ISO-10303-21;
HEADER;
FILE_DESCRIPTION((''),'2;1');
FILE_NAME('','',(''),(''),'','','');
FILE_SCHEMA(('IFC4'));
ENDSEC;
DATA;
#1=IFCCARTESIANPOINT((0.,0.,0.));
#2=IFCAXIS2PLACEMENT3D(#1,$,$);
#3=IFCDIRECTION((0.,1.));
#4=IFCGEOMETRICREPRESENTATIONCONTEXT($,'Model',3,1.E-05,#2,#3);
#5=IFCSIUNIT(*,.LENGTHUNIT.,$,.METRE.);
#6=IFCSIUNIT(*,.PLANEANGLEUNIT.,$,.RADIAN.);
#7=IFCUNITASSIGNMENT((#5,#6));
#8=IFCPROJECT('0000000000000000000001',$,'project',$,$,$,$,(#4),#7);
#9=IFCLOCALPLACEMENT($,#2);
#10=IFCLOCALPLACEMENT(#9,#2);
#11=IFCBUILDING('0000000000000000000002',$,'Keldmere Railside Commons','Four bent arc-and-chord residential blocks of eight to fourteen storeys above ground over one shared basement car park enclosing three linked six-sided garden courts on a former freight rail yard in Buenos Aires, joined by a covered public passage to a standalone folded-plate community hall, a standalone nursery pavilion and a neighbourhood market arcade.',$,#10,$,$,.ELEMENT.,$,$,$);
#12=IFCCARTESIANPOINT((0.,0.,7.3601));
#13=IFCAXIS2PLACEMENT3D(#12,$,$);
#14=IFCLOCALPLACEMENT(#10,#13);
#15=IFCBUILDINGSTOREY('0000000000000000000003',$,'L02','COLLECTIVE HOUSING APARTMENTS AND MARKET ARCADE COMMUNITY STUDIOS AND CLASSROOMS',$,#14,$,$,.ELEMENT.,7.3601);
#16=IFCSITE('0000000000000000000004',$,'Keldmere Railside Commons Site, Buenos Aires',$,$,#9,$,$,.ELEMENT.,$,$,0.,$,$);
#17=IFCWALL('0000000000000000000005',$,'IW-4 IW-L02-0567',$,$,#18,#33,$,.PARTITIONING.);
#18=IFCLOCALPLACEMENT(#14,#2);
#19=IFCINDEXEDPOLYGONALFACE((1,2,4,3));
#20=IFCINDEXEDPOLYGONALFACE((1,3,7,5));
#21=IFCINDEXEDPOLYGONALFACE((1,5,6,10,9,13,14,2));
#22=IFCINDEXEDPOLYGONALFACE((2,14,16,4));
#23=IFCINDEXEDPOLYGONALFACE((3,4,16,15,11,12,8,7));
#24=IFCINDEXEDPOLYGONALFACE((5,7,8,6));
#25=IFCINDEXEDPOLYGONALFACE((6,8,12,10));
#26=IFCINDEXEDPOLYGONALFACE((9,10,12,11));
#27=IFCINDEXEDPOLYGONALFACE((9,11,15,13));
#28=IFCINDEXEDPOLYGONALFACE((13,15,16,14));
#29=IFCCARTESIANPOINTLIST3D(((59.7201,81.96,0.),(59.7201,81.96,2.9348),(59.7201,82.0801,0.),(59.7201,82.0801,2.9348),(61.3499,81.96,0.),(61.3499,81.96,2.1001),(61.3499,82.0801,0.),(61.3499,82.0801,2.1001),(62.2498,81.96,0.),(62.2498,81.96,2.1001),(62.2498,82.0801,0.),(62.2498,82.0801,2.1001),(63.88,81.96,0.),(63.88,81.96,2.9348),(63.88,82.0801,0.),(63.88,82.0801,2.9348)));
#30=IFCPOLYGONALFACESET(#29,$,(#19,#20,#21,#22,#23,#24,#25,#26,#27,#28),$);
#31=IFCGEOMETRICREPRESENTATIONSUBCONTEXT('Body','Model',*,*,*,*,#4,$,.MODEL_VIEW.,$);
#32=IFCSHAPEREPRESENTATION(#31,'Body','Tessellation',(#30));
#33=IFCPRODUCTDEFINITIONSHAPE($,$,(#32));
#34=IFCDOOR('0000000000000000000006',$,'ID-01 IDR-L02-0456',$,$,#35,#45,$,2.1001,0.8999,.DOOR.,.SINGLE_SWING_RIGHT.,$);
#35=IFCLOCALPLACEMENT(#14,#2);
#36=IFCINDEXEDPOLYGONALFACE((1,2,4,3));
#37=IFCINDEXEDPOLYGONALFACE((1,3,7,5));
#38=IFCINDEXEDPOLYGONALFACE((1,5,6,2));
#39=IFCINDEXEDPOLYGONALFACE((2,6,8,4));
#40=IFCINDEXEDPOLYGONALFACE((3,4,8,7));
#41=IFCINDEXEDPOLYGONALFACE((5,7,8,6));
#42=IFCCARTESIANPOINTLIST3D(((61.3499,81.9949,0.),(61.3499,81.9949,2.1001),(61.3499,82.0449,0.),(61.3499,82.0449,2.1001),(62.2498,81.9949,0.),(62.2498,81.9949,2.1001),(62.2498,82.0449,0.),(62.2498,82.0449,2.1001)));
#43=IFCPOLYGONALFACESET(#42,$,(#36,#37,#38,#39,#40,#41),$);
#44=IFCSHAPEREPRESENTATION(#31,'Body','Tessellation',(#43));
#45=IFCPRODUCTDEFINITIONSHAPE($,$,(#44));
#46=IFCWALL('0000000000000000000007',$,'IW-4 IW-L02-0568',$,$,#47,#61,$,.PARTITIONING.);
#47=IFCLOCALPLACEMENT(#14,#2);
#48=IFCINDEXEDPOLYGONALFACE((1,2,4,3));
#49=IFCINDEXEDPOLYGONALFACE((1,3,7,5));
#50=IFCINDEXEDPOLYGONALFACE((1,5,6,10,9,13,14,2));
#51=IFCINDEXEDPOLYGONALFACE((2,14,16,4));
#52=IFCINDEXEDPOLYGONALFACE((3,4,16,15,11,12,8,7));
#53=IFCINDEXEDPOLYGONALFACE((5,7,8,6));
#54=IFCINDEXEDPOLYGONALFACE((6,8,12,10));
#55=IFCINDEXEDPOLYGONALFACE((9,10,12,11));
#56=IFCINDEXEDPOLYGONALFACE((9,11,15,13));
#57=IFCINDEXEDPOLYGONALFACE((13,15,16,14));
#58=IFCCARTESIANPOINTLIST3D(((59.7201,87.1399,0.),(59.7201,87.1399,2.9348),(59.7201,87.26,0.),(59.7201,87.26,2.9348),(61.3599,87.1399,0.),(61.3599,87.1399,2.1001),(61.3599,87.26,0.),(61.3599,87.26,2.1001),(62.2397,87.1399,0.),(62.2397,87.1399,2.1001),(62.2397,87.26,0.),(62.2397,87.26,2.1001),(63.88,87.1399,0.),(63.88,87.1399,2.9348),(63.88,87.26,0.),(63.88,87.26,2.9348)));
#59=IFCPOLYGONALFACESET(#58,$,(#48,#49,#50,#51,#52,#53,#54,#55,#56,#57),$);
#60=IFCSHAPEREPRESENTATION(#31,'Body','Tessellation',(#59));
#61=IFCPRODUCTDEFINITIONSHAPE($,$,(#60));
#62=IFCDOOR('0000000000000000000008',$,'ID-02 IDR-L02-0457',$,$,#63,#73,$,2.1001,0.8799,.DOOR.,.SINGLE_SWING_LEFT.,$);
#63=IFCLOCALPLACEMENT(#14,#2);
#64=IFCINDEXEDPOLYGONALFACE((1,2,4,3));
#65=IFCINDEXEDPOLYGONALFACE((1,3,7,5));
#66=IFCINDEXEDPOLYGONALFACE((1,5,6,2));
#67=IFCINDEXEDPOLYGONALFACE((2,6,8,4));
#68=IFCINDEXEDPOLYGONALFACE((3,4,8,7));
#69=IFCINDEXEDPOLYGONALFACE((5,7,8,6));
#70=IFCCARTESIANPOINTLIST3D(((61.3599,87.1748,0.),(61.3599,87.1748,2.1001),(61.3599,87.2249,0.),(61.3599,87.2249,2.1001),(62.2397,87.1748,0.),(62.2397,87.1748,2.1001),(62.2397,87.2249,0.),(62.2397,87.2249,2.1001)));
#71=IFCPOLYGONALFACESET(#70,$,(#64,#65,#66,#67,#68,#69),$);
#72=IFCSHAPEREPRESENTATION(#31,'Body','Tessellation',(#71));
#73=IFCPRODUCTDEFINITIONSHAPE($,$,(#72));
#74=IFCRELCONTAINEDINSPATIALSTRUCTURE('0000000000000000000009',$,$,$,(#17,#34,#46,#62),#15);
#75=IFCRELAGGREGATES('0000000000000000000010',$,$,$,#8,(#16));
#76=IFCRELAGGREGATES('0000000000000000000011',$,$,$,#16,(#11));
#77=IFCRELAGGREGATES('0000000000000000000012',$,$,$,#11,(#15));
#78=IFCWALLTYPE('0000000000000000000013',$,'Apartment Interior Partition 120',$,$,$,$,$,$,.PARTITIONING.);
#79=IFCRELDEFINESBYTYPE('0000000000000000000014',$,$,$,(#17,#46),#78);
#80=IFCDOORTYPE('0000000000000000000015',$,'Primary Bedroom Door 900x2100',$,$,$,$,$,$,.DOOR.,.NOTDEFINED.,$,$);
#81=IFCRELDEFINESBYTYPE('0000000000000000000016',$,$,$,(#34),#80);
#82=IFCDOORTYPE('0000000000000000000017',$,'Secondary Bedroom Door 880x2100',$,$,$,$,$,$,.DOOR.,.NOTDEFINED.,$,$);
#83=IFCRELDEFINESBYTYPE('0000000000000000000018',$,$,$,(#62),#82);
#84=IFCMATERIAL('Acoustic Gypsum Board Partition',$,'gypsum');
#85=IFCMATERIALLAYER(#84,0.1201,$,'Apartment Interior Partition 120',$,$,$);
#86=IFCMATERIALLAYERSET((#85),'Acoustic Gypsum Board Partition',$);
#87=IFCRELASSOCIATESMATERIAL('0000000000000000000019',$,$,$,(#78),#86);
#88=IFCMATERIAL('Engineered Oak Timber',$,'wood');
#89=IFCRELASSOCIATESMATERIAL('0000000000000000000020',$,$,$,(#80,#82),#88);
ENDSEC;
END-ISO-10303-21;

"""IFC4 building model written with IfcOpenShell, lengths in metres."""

from ifc_helpers import new_model, si_unit, direction, frame, frame_2d, origin, place, context, subcontext, project, spatial, rectangle, extrude, material, layer, layer_set, type_object, element, fill, save


model = new_model("IFC4")

# Units and contexts
model_context = context("Model", 3, precision=1e-05, world=origin(), true_north=direction((0.0, 1.0)))
body_context = subcontext(model_context, "Body", "Model", "MODEL_VIEW")
ifc_project = project(units=[si_unit("LENGTHUNIT", "METRE"), si_unit("PLANEANGLEUNIT", "RADIAN")], contexts=[model_context])

# Site, building, storey
site_placement = place(None, origin())
site = spatial("IfcSite", under=ifc_project, at=site_placement, Name="Keldmere Railside Commons Site, Buenos Aires", CompositionType="ELEMENT", RefElevation=0.0)
building_placement = place(site_placement, origin())
building = spatial("IfcBuilding", under=site, at=building_placement, Name="Keldmere Railside Commons", Description="Four bent arc-and-chord residential blocks of eight to fourteen storeys above ground over one shared basement car park enclosing three linked six-sided garden courts on a former freight rail yard in Buenos Aires, joined by a covered public passage to a standalone folded-plate community hall, a standalone nursery pavilion and a neighbourhood market arcade.", CompositionType="ELEMENT")
storey_placement = place(building_placement, frame((0.0, 0.0, 7.3601)))
storey = spatial("IfcBuildingStorey", under=building, at=storey_placement, Name="L02", Description="COLLECTIVE HOUSING APARTMENTS AND MARKET ARCADE COMMUNITY STUDIOS AND CLASSROOMS", CompositionType="ELEMENT", Elevation=7.3601)

# Shared definitions
ifc_material_1 = material(Name="Acoustic Gypsum Board Partition", Category="gypsum")
ifc_layer_1 = layer(ifc_material_1, 0.1201, Name="Apartment Interior Partition 120")
ifc_layer_set_1 = layer_set([ifc_layer_1], Name="Acoustic Gypsum Board Partition")
wall_type_1 = type_object("IfcWallType", Name="Apartment Interior Partition 120", PredefinedType="PARTITIONING", material=ifc_layer_set_1)
ifc_material_2 = material(Name="Engineered Oak Timber", Category="wood")

# Walls, openings, doors
wall_1_placement = place(storey_placement, frame((59.72, 82.02, 0.0), z_axis=(0.0, 0.0, 1.0), x_axis=(1.0, 0.0, 0.0)))
wall_1 = element("IfcWall", 1, at=wall_1_placement, inside=storey, type_object=wall_type_1, Name="IW-4 IW-L02-0567", PredefinedType="PARTITIONING", context=body_context, shape_type="SweptSolid", body=[
    extrude(rectangle(XDim=4.1599, YDim=0.1201, at=frame_2d((2.0801, 0.0))), origin(), (0.0, 0.0, 1.0), 2.9348),
])
opening_1_placement = place(wall_1_placement, frame((1.6299, 0.0, 0.0)))
opening_1 = element("IfcOpeningElement", 2, at=opening_1_placement, cuts=wall_1, PredefinedType="OPENING", context=body_context, shape_type="SweptSolid", body=[
    extrude(rectangle(XDim=0.8999, YDim=2.1001, at=frame_2d((0.45, 1.05))), frame((0.0, 0.0701, 0.0), z_axis=(0.0, -1.0, 0.0), x_axis=(1.0, 0.0, 0.0)), (0.0, 0.0, 1.0), 0.1401),
])
door_type_1 = type_object("IfcDoorType", Name="Primary Bedroom Door 900x2100", OperationType="NOTDEFINED", PredefinedType="DOOR", material=ifc_material_2)
door_1_placement = place(opening_1_placement, origin())
door_1 = element("IfcDoor", 3, at=door_1_placement, inside=storey, type_object=door_type_1, Name="ID-01 IDR-L02-0456", OperationType="SINGLE_SWING_RIGHT", OverallHeight=2.1001, OverallWidth=0.8999, PredefinedType="DOOR", context=body_context, shape_type="SweptSolid", body=[
    extrude(rectangle(XDim=0.8999, YDim=2.1001, at=frame_2d((0.45, 1.05))), frame((0.0, 0.0249, 0.0), z_axis=(0.0, -1.0, 0.0), x_axis=(1.0, 0.0, 0.0)), (0.0, 0.0, 1.0), 0.05),
])
fill(opening_1, door_1)
wall_2_placement = place(storey_placement, frame((59.72, 87.2, 0.0), z_axis=(0.0, 0.0, 1.0), x_axis=(1.0, 0.0, 0.0)))
wall_2 = element("IfcWall", 4, at=wall_2_placement, inside=storey, type_object=wall_type_1, Name="IW-4 IW-L02-0568", PredefinedType="PARTITIONING", context=body_context, shape_type="SweptSolid", body=[
    extrude(rectangle(XDim=4.1599, YDim=0.1201, at=frame_2d((2.0801, 0.0))), origin(), (0.0, 0.0, 1.0), 2.9348),
])
opening_2_placement = place(wall_2_placement, frame((1.6399, 0.0, 0.0)))
opening_2 = element("IfcOpeningElement", 5, at=opening_2_placement, cuts=wall_2, PredefinedType="OPENING", context=body_context, shape_type="SweptSolid", body=[
    extrude(rectangle(XDim=0.8799, YDim=2.1001, at=frame_2d((0.4399, 1.05))), frame((0.0, 0.0701, 0.0), z_axis=(0.0, -1.0, 0.0), x_axis=(1.0, 0.0, 0.0)), (0.0, 0.0, 1.0), 0.1401),
])
door_type_2 = type_object("IfcDoorType", Name="Secondary Bedroom Door 880x2100", OperationType="NOTDEFINED", PredefinedType="DOOR", material=ifc_material_2)
door_2_placement = place(opening_2_placement, origin())
door_2 = element("IfcDoor", 6, at=door_2_placement, inside=storey, type_object=door_type_2, Name="ID-02 IDR-L02-0457", OperationType="SINGLE_SWING_LEFT", OverallHeight=2.1001, OverallWidth=0.8799, PredefinedType="DOOR", context=body_context, shape_type="SweptSolid", body=[
    extrude(rectangle(XDim=0.8799, YDim=2.1001, at=frame_2d((0.4399, 1.05))), frame((0.0, 0.0249, 0.0), z_axis=(0.0, -1.0, 0.0), x_axis=(1.0, 0.0, 0.0)), (0.0, 0.0, 1.0), 0.05),
])
fill(opening_2, door_2)

save(model, "model.ifc")
